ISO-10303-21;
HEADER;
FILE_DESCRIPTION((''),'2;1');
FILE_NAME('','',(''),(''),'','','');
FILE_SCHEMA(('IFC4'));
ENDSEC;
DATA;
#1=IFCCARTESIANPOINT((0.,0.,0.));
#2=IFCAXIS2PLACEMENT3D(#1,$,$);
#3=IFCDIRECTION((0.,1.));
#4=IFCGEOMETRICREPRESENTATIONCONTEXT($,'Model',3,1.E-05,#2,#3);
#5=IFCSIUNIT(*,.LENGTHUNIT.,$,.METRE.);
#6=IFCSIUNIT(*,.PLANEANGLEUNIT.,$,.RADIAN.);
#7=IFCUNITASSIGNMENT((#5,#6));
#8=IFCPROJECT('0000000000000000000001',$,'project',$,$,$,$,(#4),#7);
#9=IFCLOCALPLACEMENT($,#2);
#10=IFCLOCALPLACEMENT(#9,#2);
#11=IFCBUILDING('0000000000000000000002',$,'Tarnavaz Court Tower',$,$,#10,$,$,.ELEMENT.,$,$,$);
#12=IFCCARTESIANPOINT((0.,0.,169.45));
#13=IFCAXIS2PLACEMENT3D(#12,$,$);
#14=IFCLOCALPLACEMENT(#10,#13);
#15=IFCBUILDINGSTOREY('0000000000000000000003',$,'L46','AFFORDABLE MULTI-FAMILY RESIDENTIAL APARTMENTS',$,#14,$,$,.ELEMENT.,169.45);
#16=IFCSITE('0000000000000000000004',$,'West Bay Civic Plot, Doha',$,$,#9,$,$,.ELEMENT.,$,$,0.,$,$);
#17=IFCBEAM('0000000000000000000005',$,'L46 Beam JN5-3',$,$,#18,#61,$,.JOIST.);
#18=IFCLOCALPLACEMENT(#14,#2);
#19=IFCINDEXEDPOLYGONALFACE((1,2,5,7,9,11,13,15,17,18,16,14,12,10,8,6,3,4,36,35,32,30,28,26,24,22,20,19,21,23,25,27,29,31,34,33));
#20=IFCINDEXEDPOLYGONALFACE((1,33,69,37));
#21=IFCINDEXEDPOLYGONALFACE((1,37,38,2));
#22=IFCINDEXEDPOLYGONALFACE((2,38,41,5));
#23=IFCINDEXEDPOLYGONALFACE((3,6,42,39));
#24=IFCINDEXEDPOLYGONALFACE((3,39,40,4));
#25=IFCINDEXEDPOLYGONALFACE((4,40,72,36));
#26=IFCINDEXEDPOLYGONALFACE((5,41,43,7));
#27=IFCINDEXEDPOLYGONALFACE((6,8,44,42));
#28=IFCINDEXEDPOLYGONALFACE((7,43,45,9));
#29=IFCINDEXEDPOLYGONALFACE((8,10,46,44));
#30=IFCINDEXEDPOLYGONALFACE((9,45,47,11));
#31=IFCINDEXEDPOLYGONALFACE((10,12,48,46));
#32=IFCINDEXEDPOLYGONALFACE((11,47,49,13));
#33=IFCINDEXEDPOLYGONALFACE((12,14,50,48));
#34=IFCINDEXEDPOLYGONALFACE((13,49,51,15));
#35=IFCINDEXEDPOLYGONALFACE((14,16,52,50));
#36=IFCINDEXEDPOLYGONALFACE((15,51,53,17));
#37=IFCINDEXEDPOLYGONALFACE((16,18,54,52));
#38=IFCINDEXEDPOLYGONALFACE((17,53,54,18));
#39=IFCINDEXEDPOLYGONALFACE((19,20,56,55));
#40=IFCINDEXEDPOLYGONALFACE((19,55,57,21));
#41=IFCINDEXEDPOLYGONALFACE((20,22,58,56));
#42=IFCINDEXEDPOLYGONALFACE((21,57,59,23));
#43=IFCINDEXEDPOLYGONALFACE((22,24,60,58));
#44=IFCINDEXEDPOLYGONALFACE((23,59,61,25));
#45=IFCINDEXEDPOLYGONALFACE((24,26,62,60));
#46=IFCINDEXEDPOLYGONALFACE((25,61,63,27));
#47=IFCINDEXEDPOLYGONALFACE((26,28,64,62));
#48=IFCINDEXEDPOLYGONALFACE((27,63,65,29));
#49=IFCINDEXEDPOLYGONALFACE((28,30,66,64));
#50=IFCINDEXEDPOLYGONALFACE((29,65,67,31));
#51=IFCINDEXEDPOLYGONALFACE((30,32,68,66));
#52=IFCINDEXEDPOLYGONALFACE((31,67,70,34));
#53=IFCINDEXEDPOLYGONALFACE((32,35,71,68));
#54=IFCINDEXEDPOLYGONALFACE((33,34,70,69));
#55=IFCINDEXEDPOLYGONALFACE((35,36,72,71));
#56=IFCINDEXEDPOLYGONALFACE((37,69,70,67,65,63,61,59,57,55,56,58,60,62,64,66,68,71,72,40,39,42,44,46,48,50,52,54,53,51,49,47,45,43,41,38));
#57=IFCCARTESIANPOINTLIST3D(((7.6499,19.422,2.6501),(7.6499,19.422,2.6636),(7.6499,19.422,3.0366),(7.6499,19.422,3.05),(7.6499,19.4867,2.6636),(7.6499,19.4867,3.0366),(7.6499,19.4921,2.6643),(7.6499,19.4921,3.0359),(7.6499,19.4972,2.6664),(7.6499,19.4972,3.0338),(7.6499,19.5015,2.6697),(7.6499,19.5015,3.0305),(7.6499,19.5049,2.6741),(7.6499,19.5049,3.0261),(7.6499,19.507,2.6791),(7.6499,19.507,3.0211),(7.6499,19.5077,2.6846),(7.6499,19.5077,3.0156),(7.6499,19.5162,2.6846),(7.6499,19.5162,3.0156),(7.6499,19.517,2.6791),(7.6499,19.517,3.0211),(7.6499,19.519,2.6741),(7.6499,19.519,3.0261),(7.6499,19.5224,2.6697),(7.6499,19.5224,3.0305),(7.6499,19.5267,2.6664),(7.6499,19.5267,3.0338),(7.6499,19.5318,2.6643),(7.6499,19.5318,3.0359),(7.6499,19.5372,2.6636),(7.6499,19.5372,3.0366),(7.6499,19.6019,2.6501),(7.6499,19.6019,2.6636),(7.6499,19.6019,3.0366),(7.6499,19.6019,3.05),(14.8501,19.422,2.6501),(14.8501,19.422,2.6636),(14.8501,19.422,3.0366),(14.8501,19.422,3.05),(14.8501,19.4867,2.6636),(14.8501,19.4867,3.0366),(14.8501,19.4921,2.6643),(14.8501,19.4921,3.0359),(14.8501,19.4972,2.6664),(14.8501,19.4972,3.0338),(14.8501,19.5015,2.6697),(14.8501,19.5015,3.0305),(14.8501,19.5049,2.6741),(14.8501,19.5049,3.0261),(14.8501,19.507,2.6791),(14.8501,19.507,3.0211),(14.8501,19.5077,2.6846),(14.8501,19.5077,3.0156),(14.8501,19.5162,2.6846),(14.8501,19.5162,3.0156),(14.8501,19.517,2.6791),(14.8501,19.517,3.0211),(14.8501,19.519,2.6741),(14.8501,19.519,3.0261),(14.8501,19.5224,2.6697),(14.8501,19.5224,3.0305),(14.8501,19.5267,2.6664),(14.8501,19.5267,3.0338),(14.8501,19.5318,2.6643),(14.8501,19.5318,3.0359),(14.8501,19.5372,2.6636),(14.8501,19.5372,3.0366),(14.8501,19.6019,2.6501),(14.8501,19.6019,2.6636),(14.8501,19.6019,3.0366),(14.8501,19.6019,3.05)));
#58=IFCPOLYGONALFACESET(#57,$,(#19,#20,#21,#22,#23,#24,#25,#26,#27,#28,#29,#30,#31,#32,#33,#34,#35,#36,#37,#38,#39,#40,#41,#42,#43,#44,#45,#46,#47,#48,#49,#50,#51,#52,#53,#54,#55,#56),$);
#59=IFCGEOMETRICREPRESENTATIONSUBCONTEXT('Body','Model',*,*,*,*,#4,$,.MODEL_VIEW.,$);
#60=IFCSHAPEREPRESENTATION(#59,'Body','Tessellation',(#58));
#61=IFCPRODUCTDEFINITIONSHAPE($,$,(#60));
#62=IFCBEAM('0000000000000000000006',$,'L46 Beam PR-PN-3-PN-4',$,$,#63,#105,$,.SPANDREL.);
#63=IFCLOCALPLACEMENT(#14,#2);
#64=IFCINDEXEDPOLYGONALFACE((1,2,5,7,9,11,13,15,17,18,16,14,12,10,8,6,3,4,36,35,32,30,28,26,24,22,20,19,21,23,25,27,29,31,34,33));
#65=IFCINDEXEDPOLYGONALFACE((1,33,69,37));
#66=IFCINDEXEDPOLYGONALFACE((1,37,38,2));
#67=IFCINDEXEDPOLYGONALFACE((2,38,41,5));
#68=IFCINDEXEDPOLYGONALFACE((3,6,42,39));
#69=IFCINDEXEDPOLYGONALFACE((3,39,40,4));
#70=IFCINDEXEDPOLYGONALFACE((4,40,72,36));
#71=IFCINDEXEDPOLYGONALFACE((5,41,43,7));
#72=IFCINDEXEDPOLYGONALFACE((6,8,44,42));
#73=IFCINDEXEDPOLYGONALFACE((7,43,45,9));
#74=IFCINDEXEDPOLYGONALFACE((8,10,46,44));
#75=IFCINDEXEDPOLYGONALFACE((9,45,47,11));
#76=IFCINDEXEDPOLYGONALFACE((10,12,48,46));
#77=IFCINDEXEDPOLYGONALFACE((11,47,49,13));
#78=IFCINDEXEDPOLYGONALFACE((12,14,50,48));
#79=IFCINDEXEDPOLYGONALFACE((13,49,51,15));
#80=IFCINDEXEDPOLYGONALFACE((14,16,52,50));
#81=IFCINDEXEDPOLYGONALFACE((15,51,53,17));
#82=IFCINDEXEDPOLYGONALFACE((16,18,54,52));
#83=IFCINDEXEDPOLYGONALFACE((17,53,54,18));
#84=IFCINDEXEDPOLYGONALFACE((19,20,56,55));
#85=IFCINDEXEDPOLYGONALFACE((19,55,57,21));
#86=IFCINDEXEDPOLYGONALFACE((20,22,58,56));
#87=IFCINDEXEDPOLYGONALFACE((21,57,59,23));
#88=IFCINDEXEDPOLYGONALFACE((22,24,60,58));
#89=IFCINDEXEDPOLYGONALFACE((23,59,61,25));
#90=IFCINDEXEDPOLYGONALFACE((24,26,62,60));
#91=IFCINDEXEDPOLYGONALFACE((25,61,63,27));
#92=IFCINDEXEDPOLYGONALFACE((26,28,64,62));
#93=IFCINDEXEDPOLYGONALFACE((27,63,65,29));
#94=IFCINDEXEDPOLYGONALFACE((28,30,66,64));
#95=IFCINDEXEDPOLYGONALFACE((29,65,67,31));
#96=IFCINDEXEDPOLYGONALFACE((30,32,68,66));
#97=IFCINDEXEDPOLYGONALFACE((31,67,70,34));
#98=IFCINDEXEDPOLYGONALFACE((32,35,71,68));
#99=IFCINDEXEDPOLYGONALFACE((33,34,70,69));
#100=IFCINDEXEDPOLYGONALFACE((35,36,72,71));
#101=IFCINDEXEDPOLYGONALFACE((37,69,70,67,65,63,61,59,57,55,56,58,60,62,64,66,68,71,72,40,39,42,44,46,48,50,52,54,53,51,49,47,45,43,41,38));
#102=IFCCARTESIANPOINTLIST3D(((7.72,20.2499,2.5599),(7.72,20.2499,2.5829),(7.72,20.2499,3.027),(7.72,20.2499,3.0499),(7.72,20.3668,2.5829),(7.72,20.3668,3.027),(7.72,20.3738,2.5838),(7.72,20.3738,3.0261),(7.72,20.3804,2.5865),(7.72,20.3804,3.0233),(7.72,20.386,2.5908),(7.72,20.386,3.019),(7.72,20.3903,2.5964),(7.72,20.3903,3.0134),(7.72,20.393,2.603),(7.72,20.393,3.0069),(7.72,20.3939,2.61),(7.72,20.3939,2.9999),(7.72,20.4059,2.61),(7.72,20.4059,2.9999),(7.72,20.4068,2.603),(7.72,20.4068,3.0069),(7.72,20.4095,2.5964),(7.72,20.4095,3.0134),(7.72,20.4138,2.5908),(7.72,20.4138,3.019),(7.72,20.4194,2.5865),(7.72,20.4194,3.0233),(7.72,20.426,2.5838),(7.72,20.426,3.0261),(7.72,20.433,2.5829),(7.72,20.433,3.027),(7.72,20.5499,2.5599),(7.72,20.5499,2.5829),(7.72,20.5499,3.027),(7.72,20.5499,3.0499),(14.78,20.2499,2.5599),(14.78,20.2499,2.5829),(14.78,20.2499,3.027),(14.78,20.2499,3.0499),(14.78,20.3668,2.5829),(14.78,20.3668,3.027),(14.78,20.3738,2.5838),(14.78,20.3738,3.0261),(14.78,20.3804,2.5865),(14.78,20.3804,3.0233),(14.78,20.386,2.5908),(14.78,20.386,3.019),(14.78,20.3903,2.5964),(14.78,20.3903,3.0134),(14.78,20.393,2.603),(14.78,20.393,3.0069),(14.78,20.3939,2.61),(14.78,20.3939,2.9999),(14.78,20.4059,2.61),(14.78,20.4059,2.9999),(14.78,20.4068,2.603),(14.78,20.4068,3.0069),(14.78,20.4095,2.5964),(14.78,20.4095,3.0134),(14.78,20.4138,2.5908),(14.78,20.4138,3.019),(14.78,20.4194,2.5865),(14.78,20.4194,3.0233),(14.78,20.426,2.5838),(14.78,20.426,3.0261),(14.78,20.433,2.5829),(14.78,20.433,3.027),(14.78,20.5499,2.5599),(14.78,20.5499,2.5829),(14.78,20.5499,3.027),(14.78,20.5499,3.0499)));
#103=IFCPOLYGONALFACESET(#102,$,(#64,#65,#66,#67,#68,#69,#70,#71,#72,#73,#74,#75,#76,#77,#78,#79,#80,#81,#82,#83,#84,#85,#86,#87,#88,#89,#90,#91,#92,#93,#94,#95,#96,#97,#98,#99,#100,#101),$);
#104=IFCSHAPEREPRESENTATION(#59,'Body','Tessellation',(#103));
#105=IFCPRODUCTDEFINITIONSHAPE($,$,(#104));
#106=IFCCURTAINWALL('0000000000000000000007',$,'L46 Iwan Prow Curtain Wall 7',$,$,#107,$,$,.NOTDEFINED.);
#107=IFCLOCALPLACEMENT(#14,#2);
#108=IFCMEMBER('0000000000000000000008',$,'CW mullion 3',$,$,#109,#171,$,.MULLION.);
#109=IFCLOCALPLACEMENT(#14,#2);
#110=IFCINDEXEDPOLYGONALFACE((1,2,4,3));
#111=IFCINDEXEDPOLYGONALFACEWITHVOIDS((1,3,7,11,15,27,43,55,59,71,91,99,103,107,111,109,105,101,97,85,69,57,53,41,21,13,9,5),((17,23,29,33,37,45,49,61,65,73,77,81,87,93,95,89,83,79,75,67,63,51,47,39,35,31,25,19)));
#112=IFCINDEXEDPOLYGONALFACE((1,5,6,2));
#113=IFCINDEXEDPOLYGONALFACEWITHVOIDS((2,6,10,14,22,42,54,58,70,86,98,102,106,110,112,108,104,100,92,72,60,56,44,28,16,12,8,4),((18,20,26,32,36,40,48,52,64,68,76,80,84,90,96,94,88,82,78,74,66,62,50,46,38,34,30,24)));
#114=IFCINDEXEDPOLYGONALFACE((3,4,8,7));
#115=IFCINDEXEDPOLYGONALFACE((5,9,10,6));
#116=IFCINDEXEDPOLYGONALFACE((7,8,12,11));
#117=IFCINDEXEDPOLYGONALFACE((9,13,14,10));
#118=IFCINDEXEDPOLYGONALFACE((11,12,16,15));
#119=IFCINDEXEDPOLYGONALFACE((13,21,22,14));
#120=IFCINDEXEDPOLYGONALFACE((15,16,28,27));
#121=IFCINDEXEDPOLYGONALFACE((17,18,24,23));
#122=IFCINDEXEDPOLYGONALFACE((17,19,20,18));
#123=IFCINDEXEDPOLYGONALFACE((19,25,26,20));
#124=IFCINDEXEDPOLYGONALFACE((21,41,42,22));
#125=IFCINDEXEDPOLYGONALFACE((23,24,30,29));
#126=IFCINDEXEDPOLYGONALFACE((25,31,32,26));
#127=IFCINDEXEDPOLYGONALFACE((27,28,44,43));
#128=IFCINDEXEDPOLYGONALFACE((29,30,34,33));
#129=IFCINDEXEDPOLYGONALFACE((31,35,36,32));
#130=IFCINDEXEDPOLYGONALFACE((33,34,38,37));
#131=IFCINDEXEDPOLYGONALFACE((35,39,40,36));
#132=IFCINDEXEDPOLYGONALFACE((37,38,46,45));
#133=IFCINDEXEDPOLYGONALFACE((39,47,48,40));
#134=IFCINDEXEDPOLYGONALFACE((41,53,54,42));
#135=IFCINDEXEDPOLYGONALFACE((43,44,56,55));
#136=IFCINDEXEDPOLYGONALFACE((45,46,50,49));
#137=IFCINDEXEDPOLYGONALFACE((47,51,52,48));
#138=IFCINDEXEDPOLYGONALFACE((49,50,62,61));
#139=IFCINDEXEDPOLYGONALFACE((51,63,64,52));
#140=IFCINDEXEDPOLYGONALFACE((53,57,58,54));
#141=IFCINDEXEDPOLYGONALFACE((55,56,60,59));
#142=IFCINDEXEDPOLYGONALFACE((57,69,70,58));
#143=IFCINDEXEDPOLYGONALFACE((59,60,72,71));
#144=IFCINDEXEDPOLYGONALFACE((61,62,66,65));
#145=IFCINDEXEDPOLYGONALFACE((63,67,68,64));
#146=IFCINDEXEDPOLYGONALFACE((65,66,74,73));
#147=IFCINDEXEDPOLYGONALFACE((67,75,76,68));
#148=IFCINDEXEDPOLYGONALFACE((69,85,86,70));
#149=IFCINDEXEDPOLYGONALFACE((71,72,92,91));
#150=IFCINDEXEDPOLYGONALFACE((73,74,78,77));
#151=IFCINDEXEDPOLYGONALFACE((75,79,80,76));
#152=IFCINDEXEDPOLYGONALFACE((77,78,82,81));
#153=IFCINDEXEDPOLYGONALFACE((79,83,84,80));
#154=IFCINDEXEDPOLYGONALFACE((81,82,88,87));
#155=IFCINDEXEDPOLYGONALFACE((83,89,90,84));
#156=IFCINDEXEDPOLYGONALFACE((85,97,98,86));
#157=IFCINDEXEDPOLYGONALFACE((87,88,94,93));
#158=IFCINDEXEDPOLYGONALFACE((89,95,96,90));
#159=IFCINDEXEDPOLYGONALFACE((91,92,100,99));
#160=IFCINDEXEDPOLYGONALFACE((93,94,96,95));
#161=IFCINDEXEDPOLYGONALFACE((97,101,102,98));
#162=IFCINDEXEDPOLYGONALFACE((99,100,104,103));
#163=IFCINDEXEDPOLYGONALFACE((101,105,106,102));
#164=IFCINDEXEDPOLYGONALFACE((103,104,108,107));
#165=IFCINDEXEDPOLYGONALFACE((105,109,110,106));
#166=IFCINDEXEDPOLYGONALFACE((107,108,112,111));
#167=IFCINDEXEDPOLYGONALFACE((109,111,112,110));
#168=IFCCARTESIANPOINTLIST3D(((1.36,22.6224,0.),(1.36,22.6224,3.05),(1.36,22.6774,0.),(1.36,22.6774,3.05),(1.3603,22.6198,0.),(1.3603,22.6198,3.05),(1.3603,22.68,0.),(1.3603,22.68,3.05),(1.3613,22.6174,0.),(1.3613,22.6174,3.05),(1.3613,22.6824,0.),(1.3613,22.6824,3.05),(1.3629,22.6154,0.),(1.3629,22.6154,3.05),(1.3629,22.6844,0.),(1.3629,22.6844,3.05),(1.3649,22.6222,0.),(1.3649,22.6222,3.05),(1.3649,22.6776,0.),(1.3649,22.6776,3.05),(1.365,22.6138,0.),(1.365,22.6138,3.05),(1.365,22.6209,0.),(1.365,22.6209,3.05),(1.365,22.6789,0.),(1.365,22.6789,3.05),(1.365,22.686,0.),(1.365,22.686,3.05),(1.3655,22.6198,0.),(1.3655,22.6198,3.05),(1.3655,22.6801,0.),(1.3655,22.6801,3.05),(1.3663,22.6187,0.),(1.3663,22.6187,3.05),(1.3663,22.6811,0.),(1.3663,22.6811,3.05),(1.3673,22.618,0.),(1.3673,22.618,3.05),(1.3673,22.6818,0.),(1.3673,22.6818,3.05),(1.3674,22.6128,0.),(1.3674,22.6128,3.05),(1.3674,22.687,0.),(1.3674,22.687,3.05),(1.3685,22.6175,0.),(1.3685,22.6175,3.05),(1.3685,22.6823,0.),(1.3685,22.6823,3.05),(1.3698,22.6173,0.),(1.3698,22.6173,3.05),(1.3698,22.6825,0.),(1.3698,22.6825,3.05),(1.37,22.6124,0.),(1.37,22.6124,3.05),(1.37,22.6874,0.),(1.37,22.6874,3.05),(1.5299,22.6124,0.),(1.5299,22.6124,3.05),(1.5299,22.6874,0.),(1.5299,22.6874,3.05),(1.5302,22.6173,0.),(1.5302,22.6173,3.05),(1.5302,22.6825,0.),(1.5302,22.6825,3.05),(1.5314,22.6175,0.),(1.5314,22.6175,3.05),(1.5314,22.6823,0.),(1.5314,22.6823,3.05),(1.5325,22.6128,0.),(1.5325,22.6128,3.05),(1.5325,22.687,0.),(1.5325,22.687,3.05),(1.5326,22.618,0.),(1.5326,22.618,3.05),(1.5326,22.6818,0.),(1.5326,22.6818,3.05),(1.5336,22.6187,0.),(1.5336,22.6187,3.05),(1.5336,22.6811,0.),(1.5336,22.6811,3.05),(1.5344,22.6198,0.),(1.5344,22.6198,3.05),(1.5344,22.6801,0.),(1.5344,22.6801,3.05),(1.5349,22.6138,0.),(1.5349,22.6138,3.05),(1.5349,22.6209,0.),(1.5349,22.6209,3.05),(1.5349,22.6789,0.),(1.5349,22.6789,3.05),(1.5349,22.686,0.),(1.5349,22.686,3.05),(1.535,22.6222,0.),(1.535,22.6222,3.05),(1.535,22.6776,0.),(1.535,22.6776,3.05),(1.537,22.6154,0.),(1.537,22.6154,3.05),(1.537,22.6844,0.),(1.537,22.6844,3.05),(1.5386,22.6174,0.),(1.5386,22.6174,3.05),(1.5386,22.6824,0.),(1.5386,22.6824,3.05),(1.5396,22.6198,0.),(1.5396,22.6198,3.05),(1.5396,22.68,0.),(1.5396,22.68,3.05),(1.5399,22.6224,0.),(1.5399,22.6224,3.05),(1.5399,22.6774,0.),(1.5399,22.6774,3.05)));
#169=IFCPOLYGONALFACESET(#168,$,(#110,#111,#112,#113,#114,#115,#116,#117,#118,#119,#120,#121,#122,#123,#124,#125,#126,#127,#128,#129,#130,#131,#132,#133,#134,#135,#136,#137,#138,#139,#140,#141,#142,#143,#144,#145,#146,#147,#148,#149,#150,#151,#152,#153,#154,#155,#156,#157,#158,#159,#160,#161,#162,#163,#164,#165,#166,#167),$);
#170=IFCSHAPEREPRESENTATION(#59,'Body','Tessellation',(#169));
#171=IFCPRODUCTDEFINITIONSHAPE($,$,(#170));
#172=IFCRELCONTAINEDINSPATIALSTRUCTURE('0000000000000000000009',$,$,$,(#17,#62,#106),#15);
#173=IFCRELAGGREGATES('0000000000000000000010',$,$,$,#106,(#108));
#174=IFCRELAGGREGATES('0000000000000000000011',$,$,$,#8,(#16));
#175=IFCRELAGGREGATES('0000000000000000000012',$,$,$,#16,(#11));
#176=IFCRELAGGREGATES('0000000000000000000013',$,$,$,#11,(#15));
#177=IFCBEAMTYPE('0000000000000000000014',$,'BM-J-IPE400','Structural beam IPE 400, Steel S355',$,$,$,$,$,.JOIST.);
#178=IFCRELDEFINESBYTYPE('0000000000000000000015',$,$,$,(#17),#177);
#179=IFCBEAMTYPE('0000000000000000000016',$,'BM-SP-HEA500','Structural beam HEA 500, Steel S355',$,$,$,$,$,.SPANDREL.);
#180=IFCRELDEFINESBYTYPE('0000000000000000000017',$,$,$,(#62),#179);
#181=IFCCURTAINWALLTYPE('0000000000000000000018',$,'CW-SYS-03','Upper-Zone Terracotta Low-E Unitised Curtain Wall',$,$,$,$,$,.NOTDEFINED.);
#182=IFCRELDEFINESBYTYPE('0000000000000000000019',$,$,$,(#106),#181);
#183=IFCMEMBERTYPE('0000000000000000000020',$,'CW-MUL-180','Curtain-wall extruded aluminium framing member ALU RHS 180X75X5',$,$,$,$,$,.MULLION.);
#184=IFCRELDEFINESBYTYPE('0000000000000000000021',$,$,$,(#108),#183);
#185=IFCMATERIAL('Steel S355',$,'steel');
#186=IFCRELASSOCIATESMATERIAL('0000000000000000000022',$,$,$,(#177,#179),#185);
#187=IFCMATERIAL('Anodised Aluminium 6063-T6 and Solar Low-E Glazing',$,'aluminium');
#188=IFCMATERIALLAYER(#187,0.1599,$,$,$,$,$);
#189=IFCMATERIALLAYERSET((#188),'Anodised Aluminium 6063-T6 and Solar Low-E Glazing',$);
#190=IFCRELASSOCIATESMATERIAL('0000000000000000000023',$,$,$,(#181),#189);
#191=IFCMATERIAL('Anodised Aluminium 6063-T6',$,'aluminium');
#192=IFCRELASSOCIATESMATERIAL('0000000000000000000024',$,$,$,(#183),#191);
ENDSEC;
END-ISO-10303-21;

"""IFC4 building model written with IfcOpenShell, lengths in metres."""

from ifc_helpers import new_model, si_unit, direction, frame, origin, origin_2d, place, context, subcontext, project, spatial, hollow_rectangle, i_section, extrude, material, layer, layer_set, material_profile, profile_set, type_object, element, aggregate, save


model = new_model("IFC4")

# Units and contexts
model_context = context("Model", 3, precision=1e-05, world=origin(), true_north=direction((0.0, 1.0)))
body_context = subcontext(model_context, "Body", "Model", "MODEL_VIEW")
ifc_project = project(units=[si_unit("LENGTHUNIT", "METRE"), si_unit("PLANEANGLEUNIT", "RADIAN")], contexts=[model_context])

# Site, building, storey
site_placement = place(None, origin())
site = spatial("IfcSite", under=ifc_project, at=site_placement, Name="West Bay Civic Plot, Doha", CompositionType="ELEMENT", RefElevation=0.0)
building_placement = place(site_placement, origin())
building = spatial("IfcBuilding", under=site, at=building_placement, Name="Tarnavaz Court Tower", CompositionType="ELEMENT")
storey_placement = place(building_placement, frame((0.0, 0.0, 169.45)))
storey = spatial("IfcBuildingStorey", under=building, at=storey_placement, Name="L46", Description="AFFORDABLE MULTI-FAMILY RESIDENTIAL APARTMENTS", CompositionType="ELEMENT", Elevation=169.45)

# Beams
ifc_material_1 = material(Name="Steel S355", Category="steel")
ifc_material_profile_1 = material_profile(ifc_material_1, i_section(OverallWidth=0.1799, OverallDepth=0.3999, WebThickness=0.0085, FlangeThickness=0.0134, FilletRadius=0.021, at=origin_2d()), Name="IPE 400")
ifc_profile_set_1 = profile_set([ifc_material_profile_1], Name="Steel S355")
beam_type_1 = type_object("IfcBeamType", Name="BM-J-IPE400", Description="Structural beam IPE 400, Steel S355", PredefinedType="JOIST", material=ifc_profile_set_1)
for number, where, z_axis, x_axis, name in (
    (1, (7.6499, 19.512, 2.8501), (1.0, 0.0, 0.0), (0.0, 1.0, 0.0), "L46 Beam JN5-3"),
):
    element("IfcBeam", number, at=place(storey_placement, frame(where, z_axis=z_axis, x_axis=x_axis)), inside=storey, type_object=beam_type_1, Name=name, PredefinedType="JOIST", context=body_context, shape_type="SweptSolid", body=[
        extrude(i_section(OverallWidth=0.1799, OverallDepth=0.3999, WebThickness=0.0085, FlangeThickness=0.0134, FilletRadius=0.021, at=origin_2d()), origin(), (0.0, 0.0, 1.0), 7.2002),
    ])
ifc_material_profile_2 = material_profile(ifc_material_1, i_section(OverallWidth=0.3, OverallDepth=0.49, WebThickness=0.012, FlangeThickness=0.0229, FilletRadius=0.0271, at=origin_2d()), Name="HEA 500")
ifc_profile_set_2 = profile_set([ifc_material_profile_2], Name="Steel S355")
beam_type_2 = type_object("IfcBeamType", Name="BM-SP-HEA500", Description="Structural beam HEA 500, Steel S355", PredefinedType="SPANDREL", material=ifc_profile_set_2)
beam_placement = place(storey_placement, frame((7.72, 20.3999, 2.8049), z_axis=(1.0, 0.0, 0.0), x_axis=(0.0, 1.0, 0.0)))
element("IfcBeam", 2, at=beam_placement, inside=storey, type_object=beam_type_2, Name="L46 Beam PR-PN-3-PN-4", PredefinedType="SPANDREL", context=body_context, shape_type="SweptSolid", body=[
    extrude(i_section(OverallWidth=0.3, OverallDepth=0.49, WebThickness=0.012, FlangeThickness=0.0229, FilletRadius=0.0271, at=origin_2d()), origin(), (0.0, 0.0, 1.0), 7.0601),
])

# Curtain wall, member
ifc_material_2 = material(Name="Anodised Aluminium 6063-T6 and Solar Low-E Glazing", Category="aluminium")
ifc_layer_1 = layer(ifc_material_2, 0.1599)
ifc_layer_set_1 = layer_set([ifc_layer_1], Name="Anodised Aluminium 6063-T6 and Solar Low-E Glazing")
curtain_wall_type = type_object("IfcCurtainWallType", Name="CW-SYS-03", Description="Upper-Zone Terracotta Low-E Unitised Curtain Wall", PredefinedType="NOTDEFINED", material=ifc_layer_set_1)
curtain_wall_placement = place(storey_placement, origin())
curtain_wall = element("IfcCurtainWall", 3, at=curtain_wall_placement, inside=storey, type_object=curtain_wall_type, Name="L46 Iwan Prow Curtain Wall 7", PredefinedType="NOTDEFINED")
ifc_material_3 = material(Name="Anodised Aluminium 6063-T6", Category="aluminium")
ifc_material_profile_3 = material_profile(ifc_material_3, hollow_rectangle(XDim=0.075, YDim=0.1799, WallThickness=0.0049, InnerFilletRadius=0.0049, OuterFilletRadius=0.01, at=origin_2d()), Name="ALU RHS 180X75X5")
ifc_profile_set_3 = profile_set([ifc_material_profile_3], Name="Anodised Aluminium 6063-T6")
member_type_1 = type_object("IfcMemberType", Name="CW-MUL-180", Description="Curtain-wall extruded aluminium framing member ALU RHS 180X75X5", PredefinedType="MULLION", material=ifc_profile_set_3)
member_1_placement = place(storey_placement, frame((1.45, 22.6499, 0.0), z_axis=(0.0, 0.0, 1.0), x_axis=(0.0, 1.0, 0.0)))
member_1 = element("IfcMember", 4, at=member_1_placement, type_object=member_type_1, Name="CW mullion 3", PredefinedType="MULLION", context=body_context, shape_type="SweptSolid", body=[
    extrude(hollow_rectangle(XDim=0.075, YDim=0.1799, WallThickness=0.0049, InnerFilletRadius=0.0049, OuterFilletRadius=0.01, at=origin_2d()), origin(), (0.0, 0.0, 1.0), 3.05),
])
aggregate(curtain_wall, [member_1])

save(model, "model.ifc")
